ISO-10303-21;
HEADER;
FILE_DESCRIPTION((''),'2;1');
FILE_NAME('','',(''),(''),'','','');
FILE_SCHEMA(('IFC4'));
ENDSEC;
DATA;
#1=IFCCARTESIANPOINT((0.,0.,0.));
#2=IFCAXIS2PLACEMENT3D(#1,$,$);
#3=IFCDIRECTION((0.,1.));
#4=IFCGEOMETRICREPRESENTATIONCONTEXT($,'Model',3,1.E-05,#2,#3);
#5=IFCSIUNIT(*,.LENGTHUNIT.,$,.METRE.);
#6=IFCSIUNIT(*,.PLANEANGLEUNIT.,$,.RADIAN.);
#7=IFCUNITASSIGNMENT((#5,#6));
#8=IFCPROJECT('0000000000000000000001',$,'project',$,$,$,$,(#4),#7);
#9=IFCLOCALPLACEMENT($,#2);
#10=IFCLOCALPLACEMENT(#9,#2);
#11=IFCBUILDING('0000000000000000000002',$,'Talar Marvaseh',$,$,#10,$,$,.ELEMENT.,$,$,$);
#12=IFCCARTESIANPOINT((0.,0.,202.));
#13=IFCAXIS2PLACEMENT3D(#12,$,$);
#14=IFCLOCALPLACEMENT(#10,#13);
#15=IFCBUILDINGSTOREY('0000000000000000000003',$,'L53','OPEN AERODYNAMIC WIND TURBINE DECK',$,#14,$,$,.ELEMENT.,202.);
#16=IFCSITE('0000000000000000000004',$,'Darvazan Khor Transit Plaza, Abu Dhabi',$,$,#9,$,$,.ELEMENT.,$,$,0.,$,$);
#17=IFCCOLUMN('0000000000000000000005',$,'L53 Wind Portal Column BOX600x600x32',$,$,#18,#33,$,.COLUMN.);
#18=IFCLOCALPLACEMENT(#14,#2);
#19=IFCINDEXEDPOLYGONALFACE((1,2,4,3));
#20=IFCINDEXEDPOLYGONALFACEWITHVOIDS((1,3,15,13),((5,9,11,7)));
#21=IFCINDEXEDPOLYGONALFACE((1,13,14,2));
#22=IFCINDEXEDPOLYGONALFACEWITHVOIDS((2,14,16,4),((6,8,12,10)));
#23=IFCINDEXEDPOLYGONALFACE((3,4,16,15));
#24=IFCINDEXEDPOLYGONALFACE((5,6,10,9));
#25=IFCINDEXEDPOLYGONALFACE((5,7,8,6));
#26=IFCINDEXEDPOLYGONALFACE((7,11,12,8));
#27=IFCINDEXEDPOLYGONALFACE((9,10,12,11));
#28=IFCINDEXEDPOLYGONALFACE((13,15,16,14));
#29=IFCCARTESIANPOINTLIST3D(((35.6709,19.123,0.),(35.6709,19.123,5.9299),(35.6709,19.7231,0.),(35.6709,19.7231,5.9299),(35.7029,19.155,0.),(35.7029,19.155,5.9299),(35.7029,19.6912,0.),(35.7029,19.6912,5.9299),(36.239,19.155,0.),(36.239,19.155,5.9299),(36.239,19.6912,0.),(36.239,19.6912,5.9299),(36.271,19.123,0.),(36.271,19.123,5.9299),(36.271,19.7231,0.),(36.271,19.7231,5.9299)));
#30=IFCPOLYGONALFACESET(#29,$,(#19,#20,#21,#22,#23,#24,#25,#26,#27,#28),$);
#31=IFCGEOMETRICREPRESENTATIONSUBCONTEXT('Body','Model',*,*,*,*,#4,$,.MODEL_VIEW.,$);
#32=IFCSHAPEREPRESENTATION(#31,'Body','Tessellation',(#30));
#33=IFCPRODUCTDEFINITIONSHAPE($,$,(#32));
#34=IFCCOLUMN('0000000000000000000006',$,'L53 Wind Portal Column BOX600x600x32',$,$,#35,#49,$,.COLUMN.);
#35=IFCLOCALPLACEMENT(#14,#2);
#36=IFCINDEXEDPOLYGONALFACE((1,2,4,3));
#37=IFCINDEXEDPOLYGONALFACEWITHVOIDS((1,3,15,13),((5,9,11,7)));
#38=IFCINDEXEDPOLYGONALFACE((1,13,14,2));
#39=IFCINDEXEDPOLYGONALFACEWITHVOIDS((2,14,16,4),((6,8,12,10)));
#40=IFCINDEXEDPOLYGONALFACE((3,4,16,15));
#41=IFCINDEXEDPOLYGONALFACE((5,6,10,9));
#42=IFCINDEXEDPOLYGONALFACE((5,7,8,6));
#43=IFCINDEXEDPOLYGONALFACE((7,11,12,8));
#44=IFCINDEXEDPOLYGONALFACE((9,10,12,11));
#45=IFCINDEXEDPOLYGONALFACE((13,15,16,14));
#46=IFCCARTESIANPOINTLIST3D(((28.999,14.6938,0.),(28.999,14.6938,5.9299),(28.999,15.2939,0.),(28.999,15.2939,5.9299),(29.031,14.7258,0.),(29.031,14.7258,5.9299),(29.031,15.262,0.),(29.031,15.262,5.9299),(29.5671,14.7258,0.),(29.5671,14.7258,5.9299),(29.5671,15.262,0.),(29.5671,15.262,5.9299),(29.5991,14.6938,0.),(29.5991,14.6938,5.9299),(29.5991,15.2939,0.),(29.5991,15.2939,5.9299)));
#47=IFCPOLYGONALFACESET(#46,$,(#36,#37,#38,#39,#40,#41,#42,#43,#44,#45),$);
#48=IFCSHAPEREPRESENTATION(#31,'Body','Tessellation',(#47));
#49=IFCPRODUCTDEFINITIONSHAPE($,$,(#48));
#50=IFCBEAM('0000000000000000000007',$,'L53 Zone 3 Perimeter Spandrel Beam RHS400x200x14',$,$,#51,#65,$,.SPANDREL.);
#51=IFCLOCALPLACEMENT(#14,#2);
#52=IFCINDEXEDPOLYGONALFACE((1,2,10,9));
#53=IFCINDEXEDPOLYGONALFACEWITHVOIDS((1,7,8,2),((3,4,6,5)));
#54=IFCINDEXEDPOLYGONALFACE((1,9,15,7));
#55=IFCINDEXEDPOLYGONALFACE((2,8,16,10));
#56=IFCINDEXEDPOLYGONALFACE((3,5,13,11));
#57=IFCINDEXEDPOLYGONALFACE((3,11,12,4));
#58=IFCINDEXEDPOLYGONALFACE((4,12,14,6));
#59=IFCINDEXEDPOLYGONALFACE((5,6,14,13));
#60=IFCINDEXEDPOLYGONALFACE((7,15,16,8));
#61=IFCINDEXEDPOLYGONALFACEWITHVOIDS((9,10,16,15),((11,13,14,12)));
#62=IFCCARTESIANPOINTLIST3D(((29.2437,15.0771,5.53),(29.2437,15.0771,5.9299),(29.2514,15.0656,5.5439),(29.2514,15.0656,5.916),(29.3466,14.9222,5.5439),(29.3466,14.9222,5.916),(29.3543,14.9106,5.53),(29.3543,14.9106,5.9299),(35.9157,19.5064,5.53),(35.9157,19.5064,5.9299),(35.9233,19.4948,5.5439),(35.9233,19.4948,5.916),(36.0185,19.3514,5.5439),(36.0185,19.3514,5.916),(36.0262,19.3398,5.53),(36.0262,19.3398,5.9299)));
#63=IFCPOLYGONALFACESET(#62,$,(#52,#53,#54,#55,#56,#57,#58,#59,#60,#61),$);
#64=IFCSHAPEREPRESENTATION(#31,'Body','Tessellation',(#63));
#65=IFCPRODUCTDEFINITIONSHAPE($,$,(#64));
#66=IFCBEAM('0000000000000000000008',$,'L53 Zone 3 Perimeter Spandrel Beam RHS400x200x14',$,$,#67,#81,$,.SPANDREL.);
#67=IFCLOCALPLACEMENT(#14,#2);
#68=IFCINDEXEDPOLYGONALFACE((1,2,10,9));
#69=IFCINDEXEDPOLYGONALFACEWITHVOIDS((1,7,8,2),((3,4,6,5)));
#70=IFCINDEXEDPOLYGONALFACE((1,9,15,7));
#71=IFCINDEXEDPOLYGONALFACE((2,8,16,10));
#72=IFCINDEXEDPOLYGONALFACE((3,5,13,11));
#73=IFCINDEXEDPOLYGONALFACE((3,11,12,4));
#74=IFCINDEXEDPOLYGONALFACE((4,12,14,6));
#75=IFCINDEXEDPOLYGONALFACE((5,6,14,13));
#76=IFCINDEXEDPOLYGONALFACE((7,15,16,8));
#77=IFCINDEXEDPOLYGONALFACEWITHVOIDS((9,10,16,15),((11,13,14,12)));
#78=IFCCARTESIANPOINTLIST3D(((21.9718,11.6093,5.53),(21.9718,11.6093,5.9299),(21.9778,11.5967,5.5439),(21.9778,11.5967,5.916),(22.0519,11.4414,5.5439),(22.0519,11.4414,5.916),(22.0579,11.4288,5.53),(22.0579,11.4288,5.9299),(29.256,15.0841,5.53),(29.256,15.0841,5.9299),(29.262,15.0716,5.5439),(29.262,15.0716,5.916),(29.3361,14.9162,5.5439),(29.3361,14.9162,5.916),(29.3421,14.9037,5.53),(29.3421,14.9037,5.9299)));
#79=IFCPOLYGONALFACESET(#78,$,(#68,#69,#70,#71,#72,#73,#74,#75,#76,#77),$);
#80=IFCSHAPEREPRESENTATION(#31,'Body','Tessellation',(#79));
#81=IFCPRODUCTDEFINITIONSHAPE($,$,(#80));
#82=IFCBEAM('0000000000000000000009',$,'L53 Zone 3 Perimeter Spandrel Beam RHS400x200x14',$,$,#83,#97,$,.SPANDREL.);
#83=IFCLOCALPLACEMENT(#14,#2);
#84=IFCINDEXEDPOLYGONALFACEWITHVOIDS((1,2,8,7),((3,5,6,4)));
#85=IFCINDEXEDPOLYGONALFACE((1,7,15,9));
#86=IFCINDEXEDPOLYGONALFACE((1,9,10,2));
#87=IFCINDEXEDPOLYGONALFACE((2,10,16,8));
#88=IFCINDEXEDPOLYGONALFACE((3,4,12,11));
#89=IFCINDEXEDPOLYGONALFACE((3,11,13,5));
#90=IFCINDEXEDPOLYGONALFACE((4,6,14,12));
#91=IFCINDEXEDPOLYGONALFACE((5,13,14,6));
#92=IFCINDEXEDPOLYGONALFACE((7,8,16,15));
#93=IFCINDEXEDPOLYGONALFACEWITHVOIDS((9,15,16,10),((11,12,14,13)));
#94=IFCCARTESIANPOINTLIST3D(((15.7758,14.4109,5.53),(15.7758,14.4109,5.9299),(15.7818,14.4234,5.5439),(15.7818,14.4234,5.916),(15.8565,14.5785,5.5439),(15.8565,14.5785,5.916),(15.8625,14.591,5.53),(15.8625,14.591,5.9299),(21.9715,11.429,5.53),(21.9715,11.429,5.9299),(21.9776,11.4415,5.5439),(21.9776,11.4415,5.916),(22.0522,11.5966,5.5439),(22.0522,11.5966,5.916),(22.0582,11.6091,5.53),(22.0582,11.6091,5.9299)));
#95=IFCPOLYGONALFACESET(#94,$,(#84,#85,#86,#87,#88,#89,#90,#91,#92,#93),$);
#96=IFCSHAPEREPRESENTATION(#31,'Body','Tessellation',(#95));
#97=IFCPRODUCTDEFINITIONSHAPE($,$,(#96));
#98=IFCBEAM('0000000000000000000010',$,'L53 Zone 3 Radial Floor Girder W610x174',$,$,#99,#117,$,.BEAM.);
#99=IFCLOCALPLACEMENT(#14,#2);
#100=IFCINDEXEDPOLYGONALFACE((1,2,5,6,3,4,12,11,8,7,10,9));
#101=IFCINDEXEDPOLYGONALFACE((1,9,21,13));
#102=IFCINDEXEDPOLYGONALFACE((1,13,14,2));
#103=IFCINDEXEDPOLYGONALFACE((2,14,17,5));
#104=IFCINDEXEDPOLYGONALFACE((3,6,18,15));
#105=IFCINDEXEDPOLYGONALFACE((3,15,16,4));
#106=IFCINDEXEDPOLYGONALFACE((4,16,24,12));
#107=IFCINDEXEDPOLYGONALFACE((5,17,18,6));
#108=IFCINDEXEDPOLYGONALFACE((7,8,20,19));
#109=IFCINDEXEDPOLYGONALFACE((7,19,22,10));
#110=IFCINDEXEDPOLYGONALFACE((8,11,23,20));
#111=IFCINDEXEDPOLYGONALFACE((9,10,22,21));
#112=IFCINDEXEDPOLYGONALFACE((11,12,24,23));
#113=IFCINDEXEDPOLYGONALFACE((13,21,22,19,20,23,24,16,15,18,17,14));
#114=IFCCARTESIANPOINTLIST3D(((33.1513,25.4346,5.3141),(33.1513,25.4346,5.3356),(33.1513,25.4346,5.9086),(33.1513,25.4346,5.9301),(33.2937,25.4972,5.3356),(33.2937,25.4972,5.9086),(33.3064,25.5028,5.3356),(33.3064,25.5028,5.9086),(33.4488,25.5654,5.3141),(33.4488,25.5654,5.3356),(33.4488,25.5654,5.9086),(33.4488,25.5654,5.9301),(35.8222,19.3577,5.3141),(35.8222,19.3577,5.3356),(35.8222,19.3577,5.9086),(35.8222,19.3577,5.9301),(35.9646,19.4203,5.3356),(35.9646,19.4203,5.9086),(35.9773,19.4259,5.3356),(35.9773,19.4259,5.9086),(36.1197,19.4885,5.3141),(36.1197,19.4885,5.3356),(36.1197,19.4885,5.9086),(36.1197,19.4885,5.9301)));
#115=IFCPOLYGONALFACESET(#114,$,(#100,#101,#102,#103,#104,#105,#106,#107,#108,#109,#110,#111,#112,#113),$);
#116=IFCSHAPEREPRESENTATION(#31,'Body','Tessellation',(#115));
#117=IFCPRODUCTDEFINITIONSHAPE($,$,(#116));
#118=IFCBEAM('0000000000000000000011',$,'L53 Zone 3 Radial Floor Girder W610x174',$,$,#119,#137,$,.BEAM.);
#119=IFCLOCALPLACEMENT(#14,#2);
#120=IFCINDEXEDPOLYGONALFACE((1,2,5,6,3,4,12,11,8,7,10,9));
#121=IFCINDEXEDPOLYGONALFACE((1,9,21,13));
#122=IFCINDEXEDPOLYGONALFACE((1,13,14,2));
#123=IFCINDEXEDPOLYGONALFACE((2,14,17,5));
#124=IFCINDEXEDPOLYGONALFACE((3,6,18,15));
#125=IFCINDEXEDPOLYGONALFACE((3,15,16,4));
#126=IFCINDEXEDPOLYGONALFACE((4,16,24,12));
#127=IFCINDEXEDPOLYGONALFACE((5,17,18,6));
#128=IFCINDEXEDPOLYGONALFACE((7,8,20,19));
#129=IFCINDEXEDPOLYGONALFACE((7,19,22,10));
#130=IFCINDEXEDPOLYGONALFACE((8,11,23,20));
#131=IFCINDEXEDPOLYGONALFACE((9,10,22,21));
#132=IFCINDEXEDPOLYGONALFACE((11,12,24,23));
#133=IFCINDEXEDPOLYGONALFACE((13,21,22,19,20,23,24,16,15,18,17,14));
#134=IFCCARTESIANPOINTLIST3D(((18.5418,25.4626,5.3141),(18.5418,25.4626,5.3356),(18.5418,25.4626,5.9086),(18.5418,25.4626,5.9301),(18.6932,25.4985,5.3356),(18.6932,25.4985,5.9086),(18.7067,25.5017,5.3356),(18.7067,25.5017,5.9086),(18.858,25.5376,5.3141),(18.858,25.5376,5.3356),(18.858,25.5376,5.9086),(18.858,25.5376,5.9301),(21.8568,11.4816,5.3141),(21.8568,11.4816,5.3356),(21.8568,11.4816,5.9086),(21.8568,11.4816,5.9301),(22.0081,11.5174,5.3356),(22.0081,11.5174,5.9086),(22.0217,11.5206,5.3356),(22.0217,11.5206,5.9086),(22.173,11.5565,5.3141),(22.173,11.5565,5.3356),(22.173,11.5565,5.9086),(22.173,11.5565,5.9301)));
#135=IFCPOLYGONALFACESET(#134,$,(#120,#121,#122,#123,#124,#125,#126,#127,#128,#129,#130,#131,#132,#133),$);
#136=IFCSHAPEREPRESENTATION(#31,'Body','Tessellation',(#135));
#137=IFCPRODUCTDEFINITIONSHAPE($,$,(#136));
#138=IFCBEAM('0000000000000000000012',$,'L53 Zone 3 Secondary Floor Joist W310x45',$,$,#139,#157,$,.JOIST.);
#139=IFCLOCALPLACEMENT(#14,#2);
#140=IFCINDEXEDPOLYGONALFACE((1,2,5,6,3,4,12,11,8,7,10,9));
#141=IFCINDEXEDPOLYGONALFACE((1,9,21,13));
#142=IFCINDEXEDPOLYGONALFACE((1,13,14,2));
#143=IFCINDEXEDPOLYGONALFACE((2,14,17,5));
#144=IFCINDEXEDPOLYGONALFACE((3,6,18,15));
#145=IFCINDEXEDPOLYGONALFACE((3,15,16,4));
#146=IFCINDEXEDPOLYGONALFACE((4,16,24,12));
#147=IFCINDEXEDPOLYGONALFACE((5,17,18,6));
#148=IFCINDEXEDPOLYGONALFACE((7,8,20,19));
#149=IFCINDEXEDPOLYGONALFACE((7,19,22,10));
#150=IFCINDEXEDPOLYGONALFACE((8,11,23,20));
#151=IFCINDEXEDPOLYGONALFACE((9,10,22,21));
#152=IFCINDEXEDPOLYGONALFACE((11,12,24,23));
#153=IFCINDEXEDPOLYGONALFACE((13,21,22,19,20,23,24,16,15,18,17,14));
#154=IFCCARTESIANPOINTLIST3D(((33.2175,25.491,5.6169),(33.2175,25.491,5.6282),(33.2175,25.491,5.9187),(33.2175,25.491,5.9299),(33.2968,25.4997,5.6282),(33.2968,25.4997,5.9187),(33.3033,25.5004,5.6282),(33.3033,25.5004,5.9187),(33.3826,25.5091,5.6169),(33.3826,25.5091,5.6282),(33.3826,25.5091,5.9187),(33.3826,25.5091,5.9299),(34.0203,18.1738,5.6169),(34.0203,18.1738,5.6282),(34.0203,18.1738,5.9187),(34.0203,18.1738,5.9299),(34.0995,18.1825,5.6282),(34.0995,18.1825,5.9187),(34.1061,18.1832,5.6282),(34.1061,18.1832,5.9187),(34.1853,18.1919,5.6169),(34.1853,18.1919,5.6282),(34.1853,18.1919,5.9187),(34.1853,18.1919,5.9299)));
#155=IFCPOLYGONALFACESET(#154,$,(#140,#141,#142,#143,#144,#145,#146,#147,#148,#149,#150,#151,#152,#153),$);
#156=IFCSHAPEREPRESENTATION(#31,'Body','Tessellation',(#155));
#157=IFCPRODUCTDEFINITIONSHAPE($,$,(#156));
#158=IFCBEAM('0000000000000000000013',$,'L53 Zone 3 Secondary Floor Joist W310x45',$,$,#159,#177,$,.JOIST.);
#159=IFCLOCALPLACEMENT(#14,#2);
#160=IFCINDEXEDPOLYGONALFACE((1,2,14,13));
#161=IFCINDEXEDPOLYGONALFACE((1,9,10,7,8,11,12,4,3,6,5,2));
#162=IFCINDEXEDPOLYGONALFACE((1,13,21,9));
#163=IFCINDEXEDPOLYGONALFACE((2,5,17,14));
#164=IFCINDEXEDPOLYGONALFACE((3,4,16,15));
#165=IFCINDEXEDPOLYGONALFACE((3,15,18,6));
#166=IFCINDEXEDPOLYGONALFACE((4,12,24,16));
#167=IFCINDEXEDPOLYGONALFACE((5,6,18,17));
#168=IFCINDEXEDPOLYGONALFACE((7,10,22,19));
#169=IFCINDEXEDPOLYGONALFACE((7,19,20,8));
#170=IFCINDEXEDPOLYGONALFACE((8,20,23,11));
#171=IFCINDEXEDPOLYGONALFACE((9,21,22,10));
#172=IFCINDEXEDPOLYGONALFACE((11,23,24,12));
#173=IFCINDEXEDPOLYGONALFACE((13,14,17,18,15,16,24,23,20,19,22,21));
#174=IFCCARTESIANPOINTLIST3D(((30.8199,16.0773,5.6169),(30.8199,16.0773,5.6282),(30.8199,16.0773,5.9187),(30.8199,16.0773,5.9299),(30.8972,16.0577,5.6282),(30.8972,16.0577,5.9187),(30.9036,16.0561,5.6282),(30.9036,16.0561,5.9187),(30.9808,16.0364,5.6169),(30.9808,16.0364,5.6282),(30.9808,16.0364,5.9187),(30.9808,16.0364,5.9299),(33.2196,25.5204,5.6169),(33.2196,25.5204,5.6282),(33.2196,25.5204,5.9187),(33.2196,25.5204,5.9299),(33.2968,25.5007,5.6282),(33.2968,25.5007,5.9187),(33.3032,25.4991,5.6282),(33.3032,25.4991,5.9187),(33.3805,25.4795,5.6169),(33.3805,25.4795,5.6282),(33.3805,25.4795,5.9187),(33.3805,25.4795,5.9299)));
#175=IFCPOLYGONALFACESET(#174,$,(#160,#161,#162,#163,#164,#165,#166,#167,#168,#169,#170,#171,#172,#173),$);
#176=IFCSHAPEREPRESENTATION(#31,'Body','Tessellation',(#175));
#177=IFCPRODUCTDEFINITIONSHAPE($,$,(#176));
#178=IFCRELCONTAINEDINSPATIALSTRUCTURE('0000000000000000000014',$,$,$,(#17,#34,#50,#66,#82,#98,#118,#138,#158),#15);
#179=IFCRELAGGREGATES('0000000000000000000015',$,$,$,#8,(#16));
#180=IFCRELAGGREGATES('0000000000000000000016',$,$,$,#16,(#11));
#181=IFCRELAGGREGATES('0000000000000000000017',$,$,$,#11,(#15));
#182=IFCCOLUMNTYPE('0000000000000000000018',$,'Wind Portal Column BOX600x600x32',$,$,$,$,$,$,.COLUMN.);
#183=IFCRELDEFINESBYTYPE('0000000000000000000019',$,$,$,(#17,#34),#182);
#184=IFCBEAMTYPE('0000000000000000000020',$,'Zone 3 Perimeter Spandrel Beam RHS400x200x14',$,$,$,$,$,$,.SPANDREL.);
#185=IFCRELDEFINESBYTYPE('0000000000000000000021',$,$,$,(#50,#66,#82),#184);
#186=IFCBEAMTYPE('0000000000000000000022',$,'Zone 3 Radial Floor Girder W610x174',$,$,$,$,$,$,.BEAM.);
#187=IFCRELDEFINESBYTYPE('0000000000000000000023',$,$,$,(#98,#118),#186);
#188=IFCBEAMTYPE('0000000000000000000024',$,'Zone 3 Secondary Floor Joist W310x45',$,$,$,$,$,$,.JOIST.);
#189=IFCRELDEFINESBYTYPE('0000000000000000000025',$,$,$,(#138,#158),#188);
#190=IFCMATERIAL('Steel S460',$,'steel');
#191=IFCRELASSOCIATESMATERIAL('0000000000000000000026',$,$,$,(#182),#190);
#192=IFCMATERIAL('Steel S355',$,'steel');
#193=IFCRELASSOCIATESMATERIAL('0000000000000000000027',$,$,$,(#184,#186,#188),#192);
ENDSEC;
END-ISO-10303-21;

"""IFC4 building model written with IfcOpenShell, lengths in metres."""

from ifc_helpers import new_model, si_unit, direction, frame, origin, origin_2d, place, context, subcontext, project, spatial, hollow_rectangle, i_section, extrude, material, material_profile, profile_set, type_object, element, save


model = new_model("IFC4")

# Units and contexts
model_context = context("Model", 3, precision=1e-05, world=origin(), true_north=direction((0.0, 1.0)))
body_context = subcontext(model_context, "Body", "Model", "MODEL_VIEW")
ifc_project = project(units=[si_unit("LENGTHUNIT", "METRE"), si_unit("PLANEANGLEUNIT", "RADIAN")], contexts=[model_context])

# Site, building, storey
site_placement = place(None, origin())
site = spatial("IfcSite", under=ifc_project, at=site_placement, Name="Darvazan Khor Transit Plaza, Abu Dhabi", CompositionType="ELEMENT", RefElevation=0.0)
building_placement = place(site_placement, origin())
building = spatial("IfcBuilding", under=site, at=building_placement, Name="Talar Marvaseh", CompositionType="ELEMENT")
storey_placement = place(building_placement, frame((0.0, 0.0, 202.0)))
storey = spatial("IfcBuildingStorey", under=building, at=storey_placement, Name="L53", Description="OPEN AERODYNAMIC WIND TURBINE DECK", CompositionType="ELEMENT", Elevation=202.0)

# Columns
ifc_material_1 = material(Name="Steel S460", Category="steel")
ifc_material_profile_1 = material_profile(ifc_material_1, hollow_rectangle(XDim=0.6001, YDim=0.6001, WallThickness=0.032, at=origin_2d()), Name="BOX600x600x32")
ifc_profile_set_1 = profile_set([ifc_material_profile_1], Name="Steel S460")
column_type = type_object("IfcColumnType", Name="Wind Portal Column BOX600x600x32", PredefinedType="COLUMN", material=ifc_profile_set_1)
for number, where, z_axis, x_axis, name in (
    (1, (35.9709, 19.4231, 0.0), (0.0, 0.0, 1.0), (1.0, 0.0, 0.0), "L53 Wind Portal Column BOX600x600x32"),
    (2, (29.2991, 14.9939, 0.0), (0.0, 0.0, 1.0), (1.0, 0.0, 0.0), "L53 Wind Portal Column BOX600x600x32"),
):
    element("IfcColumn", number, at=place(storey_placement, frame(where, z_axis=z_axis, x_axis=x_axis)), inside=storey, type_object=column_type, Name=name, PredefinedType="COLUMN", context=body_context, shape_type="SweptSolid", body=[
        extrude(hollow_rectangle(XDim=0.6001, YDim=0.6001, WallThickness=0.032, at=origin_2d()), origin(), (0.0, 0.0, 1.0), 5.9299),
    ])

# Beams
ifc_material_2 = material(Name="Steel S355", Category="steel")
ifc_material_profile_2 = material_profile(ifc_material_2, hollow_rectangle(XDim=0.2, YDim=0.3999, WallThickness=0.0139, at=origin_2d()), Name="RHS400x200x14")
ifc_profile_set_2 = profile_set([ifc_material_profile_2], Name="Steel S355")
beam_type_1 = type_object("IfcBeamType", Name="Zone 3 Perimeter Spandrel Beam RHS400x200x14", PredefinedType="SPANDREL", material=ifc_profile_set_2)
beam_1_placement = place(storey_placement, frame((35.9709, 19.4231, 5.73), z_axis=(-0.833127, -0.553081, 0.0), x_axis=(0.553081, -0.833127, 0.0)))
element("IfcBeam", 3, at=beam_1_placement, inside=storey, type_object=beam_type_1, Name="L53 Zone 3 Perimeter Spandrel Beam RHS400x200x14", PredefinedType="SPANDREL", context=body_context, shape_type="SweptSolid", body=[
    extrude(hollow_rectangle(XDim=0.2, YDim=0.3999, WallThickness=0.0139, at=origin_2d()), origin(), (0.0, 0.0, 1.0), 8.0083),
])
beam_2_placement = place(storey_placement, frame((29.2991, 14.9939, 5.73), z_axis=(-0.902562, -0.430559, 0.0), x_axis=(0.430559, -0.902562, 0.0)))
element("IfcBeam", 4, at=beam_2_placement, inside=storey, type_object=beam_type_1, Name="L53 Zone 3 Perimeter Spandrel Beam RHS400x200x14", PredefinedType="SPANDREL", context=body_context, shape_type="SweptSolid", body=[
    extrude(hollow_rectangle(XDim=0.2, YDim=0.3999, WallThickness=0.0139, at=origin_2d()), origin(), (0.0, 0.0, 1.0), 8.0706),
])
beam_3_placement = place(storey_placement, frame((22.0149, 11.519, 5.73), z_axis=(-0.901072, 0.43367, 0.0), x_axis=(-0.43367, -0.901072, 0.0)))
element("IfcBeam", 5, at=beam_3_placement, inside=storey, type_object=beam_type_1, Name="L53 Zone 3 Perimeter Spandrel Beam RHS400x200x14", PredefinedType="SPANDREL", context=body_context, shape_type="SweptSolid", body=[
    extrude(hollow_rectangle(XDim=0.2, YDim=0.3999, WallThickness=0.0139, at=origin_2d()), origin(), (0.0, 0.0, 1.0), 6.876),
])
ifc_material_profile_3 = material_profile(ifc_material_2, i_section(OverallWidth=0.325, OverallDepth=0.616, WebThickness=0.0139, FlangeThickness=0.0215, at=origin_2d()), Name="W610x174")
ifc_profile_set_3 = profile_set([ifc_material_profile_3], Name="Steel S355")
beam_type_2 = type_object("IfcBeamType", Name="Zone 3 Radial Floor Girder W610x174", PredefinedType="BEAM", material=ifc_profile_set_3)
beam_4_placement = place(storey_placement, frame((35.9709, 19.4231, 5.6221), z_axis=(-0.402368, 0.915478, 0.0), x_axis=(-0.915478, -0.402368, 0.0)))
element("IfcBeam", 6, at=beam_4_placement, inside=storey, type_object=beam_type_2, Name="L53 Zone 3 Radial Floor Girder W610x174", PredefinedType="BEAM", context=body_context, shape_type="SweptSolid", body=[
    extrude(i_section(OverallWidth=0.325, OverallDepth=0.616, WebThickness=0.0139, FlangeThickness=0.0215, at=origin_2d()), origin(), (0.0, 0.0, 1.0), 6.6379),
])
beam_5_placement = place(storey_placement, frame((22.0149, 11.519, 5.6221), z_axis=(-0.230708, 0.973023, 0.0), x_axis=(-0.973023, -0.230708, 0.0)))
element("IfcBeam", 7, at=beam_5_placement, inside=storey, type_object=beam_type_2, Name="L53 Zone 3 Radial Floor Girder W610x174", PredefinedType="BEAM", context=body_context, shape_type="SweptSolid", body=[
    extrude(i_section(OverallWidth=0.325, OverallDepth=0.616, WebThickness=0.0139, FlangeThickness=0.0215, at=origin_2d()), origin(), (0.0, 0.0, 1.0), 14.3687),
])
ifc_material_profile_4 = material_profile(ifc_material_2, i_section(OverallWidth=0.166, OverallDepth=0.313, WebThickness=0.0066, FlangeThickness=0.0112, at=origin_2d()), Name="W310x45")
ifc_profile_set_4 = profile_set([ifc_material_profile_4], Name="Steel S355")
beam_type_3 = type_object("IfcBeamType", Name="Zone 3 Secondary Floor Joist W310x45", PredefinedType="JOIST", material=ifc_profile_set_4)
beam_6_placement = place(storey_placement, frame((34.1028, 18.1829, 5.7734), z_axis=(-0.109052, 0.994036, 0.0), x_axis=(-0.994036, -0.109052, 0.0)))
element("IfcBeam", 8, at=beam_6_placement, inside=storey, type_object=beam_type_3, Name="L53 Zone 3 Secondary Floor Joist W310x45", PredefinedType="JOIST", context=body_context, shape_type="SweptSolid", body=[
    extrude(i_section(OverallWidth=0.166, OverallDepth=0.313, WebThickness=0.0066, FlangeThickness=0.0112, at=origin_2d()), origin(), (0.0, 0.0, 1.0), 7.3611),
])
beam_7_placement = place(storey_placement, frame((30.9004, 16.0569, 5.7734), z_axis=(0.246289, 0.969196, 0.0), x_axis=(-0.969196, 0.246289, 0.0)))
element("IfcBeam", 9, at=beam_7_placement, inside=storey, type_object=beam_type_3, Name="L53 Zone 3 Secondary Floor Joist W310x45", PredefinedType="JOIST", context=body_context, shape_type="SweptSolid", body=[
    extrude(i_section(OverallWidth=0.166, OverallDepth=0.313, WebThickness=0.0066, FlangeThickness=0.0112, at=origin_2d()), origin(), (0.0, 0.0, 1.0), 9.7432),
])

save(model, "model.ifc")
